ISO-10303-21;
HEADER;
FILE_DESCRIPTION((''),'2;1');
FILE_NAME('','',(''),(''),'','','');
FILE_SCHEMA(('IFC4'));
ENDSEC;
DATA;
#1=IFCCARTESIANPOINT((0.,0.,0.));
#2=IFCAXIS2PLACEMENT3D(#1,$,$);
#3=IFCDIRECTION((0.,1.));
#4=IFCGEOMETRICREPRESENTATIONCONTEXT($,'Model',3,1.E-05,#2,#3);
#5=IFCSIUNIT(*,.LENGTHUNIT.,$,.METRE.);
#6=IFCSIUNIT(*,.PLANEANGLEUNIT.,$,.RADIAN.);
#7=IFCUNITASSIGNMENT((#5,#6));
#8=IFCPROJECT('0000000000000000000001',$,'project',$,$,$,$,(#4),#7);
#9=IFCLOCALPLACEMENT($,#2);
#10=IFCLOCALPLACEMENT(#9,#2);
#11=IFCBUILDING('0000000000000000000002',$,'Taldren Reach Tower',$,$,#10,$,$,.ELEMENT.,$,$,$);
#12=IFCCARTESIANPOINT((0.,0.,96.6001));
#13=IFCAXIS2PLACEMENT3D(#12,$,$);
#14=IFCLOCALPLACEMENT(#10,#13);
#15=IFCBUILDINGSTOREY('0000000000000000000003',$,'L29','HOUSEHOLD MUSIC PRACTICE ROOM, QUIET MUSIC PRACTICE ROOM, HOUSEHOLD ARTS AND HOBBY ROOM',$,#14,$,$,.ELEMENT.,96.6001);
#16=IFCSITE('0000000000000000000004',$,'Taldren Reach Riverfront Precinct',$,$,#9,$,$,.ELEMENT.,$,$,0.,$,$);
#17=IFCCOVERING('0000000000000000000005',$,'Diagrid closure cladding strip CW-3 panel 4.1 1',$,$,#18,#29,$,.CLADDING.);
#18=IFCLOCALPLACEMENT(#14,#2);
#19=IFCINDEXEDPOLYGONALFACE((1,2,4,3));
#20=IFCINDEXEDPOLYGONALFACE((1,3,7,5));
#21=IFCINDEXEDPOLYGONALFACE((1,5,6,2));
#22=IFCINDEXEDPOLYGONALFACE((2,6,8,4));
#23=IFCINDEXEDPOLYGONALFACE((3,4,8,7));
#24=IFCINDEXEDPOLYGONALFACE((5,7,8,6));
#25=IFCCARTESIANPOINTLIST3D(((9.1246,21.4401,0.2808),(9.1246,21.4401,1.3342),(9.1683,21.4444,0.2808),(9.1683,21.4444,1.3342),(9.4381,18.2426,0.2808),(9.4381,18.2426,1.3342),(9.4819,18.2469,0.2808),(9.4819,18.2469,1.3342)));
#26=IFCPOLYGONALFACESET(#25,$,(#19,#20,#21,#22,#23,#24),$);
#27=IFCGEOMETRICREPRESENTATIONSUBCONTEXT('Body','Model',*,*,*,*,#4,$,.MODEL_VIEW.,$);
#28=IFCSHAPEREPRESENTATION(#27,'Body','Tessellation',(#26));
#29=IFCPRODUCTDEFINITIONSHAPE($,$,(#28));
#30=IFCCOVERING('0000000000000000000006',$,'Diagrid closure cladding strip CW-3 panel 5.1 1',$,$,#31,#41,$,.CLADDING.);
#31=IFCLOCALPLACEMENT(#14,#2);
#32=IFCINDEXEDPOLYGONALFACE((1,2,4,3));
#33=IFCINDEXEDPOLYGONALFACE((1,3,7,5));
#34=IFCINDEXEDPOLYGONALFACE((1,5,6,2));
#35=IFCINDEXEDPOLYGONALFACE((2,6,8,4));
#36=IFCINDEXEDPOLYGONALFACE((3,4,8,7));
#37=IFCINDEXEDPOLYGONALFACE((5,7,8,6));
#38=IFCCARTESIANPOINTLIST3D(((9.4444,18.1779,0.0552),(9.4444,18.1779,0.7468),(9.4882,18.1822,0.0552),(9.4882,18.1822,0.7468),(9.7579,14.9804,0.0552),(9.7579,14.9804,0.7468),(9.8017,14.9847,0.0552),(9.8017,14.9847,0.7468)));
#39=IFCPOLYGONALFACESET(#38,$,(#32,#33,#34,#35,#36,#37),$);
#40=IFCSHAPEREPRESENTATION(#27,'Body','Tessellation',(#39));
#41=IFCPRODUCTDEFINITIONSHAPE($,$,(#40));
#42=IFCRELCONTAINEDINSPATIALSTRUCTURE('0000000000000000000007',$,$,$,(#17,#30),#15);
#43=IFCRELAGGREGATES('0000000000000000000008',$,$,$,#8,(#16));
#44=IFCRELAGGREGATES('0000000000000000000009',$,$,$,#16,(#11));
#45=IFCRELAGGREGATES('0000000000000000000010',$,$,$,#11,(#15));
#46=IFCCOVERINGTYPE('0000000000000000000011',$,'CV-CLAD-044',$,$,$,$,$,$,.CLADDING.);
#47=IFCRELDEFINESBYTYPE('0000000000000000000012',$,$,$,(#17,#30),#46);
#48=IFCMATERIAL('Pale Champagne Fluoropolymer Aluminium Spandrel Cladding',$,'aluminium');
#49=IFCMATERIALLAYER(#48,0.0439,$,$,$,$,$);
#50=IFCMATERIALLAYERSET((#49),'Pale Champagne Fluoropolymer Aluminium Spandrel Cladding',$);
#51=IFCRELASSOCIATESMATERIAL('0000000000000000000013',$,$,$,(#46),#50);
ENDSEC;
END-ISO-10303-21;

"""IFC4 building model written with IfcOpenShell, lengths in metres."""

from ifc_helpers import new_model, si_unit, direction, frame, origin, origin_2d, place, context, subcontext, project, spatial, rectangle, extrude, source, transform, mapped, material, layer, layer_set, type_object, element, save


model = new_model("IFC4")

# Units and contexts
model_context = context("Model", 3, precision=1e-05, world=origin(), true_north=direction((0.0, 1.0)))
body_context = subcontext(model_context, "Body", "Model", "MODEL_VIEW")
ifc_project = project(units=[si_unit("LENGTHUNIT", "METRE"), si_unit("PLANEANGLEUNIT", "RADIAN")], contexts=[model_context])

# Site, building, storey
site_placement = place(None, origin())
site = spatial("IfcSite", under=ifc_project, at=site_placement, Name="Taldren Reach Riverfront Precinct", CompositionType="ELEMENT", RefElevation=0.0)
building_placement = place(site_placement, origin())
building = spatial("IfcBuilding", under=site, at=building_placement, Name="Taldren Reach Tower", CompositionType="ELEMENT")
storey_placement = place(building_placement, frame((0.0, 0.0, 96.6001)))
storey = spatial("IfcBuildingStorey", under=building, at=storey_placement, Name="L29", Description="HOUSEHOLD MUSIC PRACTICE ROOM, QUIET MUSIC PRACTICE ROOM, HOUSEHOLD ARTS AND HOBBY ROOM", CompositionType="ELEMENT", Elevation=96.6001)

# Coverings
ifc_material_1 = material(Name="Pale Champagne Fluoropolymer Aluminium Spandrel Cladding", Category="aluminium")
ifc_layer_1 = layer(ifc_material_1, 0.0439)
ifc_layer_set_1 = layer_set([ifc_layer_1], Name="Pale Champagne Fluoropolymer Aluminium Spandrel Cladding")
covering_type = type_object("IfcCoveringType", Name="CV-CLAD-044", PredefinedType="CLADDING", material=ifc_layer_set_1)
shared_shape_1 = source(origin(), body_context, "Body", "SweptSolid", [
    extrude(rectangle(XDim=3.2129, YDim=0.0439, at=origin_2d()), origin(), (0.0, 0.0, 1.0), 1.0535),
])
covering_1_placement = place(storey_placement, frame((9.3032, 19.8435, 0.2808), z_axis=(0.0, 0.0, 1.0), x_axis=(0.097583, -0.995227, 0.0)))
element("IfcCovering", 1, at=covering_1_placement, inside=storey, type_object=covering_type, Name="Diagrid closure cladding strip CW-3 panel 4.1 1", PredefinedType="CLADDING", context=body_context, shape_type="MappedRepresentation", body=[
    mapped(shared_shape_1, transform((0.0, 0.0, 0.0), scale=1.0)),
])
shared_shape_2 = source(origin(), body_context, "Body", "SweptSolid", [
    extrude(rectangle(XDim=3.2129, YDim=0.0439, at=origin_2d()), origin(), (0.0, 0.0, 1.0), 0.6917),
])
covering_2_placement = place(storey_placement, frame((9.623, 16.5813, 0.0552), z_axis=(0.0, 0.0, 1.0), x_axis=(0.097583, -0.995227, 0.0)))
element("IfcCovering", 2, at=covering_2_placement, inside=storey, type_object=covering_type, Name="Diagrid closure cladding strip CW-3 panel 5.1 1", PredefinedType="CLADDING", context=body_context, shape_type="MappedRepresentation", body=[
    mapped(shared_shape_2, transform((0.0, 0.0, 0.0), scale=1.0)),
])

save(model, "model.ifc")
